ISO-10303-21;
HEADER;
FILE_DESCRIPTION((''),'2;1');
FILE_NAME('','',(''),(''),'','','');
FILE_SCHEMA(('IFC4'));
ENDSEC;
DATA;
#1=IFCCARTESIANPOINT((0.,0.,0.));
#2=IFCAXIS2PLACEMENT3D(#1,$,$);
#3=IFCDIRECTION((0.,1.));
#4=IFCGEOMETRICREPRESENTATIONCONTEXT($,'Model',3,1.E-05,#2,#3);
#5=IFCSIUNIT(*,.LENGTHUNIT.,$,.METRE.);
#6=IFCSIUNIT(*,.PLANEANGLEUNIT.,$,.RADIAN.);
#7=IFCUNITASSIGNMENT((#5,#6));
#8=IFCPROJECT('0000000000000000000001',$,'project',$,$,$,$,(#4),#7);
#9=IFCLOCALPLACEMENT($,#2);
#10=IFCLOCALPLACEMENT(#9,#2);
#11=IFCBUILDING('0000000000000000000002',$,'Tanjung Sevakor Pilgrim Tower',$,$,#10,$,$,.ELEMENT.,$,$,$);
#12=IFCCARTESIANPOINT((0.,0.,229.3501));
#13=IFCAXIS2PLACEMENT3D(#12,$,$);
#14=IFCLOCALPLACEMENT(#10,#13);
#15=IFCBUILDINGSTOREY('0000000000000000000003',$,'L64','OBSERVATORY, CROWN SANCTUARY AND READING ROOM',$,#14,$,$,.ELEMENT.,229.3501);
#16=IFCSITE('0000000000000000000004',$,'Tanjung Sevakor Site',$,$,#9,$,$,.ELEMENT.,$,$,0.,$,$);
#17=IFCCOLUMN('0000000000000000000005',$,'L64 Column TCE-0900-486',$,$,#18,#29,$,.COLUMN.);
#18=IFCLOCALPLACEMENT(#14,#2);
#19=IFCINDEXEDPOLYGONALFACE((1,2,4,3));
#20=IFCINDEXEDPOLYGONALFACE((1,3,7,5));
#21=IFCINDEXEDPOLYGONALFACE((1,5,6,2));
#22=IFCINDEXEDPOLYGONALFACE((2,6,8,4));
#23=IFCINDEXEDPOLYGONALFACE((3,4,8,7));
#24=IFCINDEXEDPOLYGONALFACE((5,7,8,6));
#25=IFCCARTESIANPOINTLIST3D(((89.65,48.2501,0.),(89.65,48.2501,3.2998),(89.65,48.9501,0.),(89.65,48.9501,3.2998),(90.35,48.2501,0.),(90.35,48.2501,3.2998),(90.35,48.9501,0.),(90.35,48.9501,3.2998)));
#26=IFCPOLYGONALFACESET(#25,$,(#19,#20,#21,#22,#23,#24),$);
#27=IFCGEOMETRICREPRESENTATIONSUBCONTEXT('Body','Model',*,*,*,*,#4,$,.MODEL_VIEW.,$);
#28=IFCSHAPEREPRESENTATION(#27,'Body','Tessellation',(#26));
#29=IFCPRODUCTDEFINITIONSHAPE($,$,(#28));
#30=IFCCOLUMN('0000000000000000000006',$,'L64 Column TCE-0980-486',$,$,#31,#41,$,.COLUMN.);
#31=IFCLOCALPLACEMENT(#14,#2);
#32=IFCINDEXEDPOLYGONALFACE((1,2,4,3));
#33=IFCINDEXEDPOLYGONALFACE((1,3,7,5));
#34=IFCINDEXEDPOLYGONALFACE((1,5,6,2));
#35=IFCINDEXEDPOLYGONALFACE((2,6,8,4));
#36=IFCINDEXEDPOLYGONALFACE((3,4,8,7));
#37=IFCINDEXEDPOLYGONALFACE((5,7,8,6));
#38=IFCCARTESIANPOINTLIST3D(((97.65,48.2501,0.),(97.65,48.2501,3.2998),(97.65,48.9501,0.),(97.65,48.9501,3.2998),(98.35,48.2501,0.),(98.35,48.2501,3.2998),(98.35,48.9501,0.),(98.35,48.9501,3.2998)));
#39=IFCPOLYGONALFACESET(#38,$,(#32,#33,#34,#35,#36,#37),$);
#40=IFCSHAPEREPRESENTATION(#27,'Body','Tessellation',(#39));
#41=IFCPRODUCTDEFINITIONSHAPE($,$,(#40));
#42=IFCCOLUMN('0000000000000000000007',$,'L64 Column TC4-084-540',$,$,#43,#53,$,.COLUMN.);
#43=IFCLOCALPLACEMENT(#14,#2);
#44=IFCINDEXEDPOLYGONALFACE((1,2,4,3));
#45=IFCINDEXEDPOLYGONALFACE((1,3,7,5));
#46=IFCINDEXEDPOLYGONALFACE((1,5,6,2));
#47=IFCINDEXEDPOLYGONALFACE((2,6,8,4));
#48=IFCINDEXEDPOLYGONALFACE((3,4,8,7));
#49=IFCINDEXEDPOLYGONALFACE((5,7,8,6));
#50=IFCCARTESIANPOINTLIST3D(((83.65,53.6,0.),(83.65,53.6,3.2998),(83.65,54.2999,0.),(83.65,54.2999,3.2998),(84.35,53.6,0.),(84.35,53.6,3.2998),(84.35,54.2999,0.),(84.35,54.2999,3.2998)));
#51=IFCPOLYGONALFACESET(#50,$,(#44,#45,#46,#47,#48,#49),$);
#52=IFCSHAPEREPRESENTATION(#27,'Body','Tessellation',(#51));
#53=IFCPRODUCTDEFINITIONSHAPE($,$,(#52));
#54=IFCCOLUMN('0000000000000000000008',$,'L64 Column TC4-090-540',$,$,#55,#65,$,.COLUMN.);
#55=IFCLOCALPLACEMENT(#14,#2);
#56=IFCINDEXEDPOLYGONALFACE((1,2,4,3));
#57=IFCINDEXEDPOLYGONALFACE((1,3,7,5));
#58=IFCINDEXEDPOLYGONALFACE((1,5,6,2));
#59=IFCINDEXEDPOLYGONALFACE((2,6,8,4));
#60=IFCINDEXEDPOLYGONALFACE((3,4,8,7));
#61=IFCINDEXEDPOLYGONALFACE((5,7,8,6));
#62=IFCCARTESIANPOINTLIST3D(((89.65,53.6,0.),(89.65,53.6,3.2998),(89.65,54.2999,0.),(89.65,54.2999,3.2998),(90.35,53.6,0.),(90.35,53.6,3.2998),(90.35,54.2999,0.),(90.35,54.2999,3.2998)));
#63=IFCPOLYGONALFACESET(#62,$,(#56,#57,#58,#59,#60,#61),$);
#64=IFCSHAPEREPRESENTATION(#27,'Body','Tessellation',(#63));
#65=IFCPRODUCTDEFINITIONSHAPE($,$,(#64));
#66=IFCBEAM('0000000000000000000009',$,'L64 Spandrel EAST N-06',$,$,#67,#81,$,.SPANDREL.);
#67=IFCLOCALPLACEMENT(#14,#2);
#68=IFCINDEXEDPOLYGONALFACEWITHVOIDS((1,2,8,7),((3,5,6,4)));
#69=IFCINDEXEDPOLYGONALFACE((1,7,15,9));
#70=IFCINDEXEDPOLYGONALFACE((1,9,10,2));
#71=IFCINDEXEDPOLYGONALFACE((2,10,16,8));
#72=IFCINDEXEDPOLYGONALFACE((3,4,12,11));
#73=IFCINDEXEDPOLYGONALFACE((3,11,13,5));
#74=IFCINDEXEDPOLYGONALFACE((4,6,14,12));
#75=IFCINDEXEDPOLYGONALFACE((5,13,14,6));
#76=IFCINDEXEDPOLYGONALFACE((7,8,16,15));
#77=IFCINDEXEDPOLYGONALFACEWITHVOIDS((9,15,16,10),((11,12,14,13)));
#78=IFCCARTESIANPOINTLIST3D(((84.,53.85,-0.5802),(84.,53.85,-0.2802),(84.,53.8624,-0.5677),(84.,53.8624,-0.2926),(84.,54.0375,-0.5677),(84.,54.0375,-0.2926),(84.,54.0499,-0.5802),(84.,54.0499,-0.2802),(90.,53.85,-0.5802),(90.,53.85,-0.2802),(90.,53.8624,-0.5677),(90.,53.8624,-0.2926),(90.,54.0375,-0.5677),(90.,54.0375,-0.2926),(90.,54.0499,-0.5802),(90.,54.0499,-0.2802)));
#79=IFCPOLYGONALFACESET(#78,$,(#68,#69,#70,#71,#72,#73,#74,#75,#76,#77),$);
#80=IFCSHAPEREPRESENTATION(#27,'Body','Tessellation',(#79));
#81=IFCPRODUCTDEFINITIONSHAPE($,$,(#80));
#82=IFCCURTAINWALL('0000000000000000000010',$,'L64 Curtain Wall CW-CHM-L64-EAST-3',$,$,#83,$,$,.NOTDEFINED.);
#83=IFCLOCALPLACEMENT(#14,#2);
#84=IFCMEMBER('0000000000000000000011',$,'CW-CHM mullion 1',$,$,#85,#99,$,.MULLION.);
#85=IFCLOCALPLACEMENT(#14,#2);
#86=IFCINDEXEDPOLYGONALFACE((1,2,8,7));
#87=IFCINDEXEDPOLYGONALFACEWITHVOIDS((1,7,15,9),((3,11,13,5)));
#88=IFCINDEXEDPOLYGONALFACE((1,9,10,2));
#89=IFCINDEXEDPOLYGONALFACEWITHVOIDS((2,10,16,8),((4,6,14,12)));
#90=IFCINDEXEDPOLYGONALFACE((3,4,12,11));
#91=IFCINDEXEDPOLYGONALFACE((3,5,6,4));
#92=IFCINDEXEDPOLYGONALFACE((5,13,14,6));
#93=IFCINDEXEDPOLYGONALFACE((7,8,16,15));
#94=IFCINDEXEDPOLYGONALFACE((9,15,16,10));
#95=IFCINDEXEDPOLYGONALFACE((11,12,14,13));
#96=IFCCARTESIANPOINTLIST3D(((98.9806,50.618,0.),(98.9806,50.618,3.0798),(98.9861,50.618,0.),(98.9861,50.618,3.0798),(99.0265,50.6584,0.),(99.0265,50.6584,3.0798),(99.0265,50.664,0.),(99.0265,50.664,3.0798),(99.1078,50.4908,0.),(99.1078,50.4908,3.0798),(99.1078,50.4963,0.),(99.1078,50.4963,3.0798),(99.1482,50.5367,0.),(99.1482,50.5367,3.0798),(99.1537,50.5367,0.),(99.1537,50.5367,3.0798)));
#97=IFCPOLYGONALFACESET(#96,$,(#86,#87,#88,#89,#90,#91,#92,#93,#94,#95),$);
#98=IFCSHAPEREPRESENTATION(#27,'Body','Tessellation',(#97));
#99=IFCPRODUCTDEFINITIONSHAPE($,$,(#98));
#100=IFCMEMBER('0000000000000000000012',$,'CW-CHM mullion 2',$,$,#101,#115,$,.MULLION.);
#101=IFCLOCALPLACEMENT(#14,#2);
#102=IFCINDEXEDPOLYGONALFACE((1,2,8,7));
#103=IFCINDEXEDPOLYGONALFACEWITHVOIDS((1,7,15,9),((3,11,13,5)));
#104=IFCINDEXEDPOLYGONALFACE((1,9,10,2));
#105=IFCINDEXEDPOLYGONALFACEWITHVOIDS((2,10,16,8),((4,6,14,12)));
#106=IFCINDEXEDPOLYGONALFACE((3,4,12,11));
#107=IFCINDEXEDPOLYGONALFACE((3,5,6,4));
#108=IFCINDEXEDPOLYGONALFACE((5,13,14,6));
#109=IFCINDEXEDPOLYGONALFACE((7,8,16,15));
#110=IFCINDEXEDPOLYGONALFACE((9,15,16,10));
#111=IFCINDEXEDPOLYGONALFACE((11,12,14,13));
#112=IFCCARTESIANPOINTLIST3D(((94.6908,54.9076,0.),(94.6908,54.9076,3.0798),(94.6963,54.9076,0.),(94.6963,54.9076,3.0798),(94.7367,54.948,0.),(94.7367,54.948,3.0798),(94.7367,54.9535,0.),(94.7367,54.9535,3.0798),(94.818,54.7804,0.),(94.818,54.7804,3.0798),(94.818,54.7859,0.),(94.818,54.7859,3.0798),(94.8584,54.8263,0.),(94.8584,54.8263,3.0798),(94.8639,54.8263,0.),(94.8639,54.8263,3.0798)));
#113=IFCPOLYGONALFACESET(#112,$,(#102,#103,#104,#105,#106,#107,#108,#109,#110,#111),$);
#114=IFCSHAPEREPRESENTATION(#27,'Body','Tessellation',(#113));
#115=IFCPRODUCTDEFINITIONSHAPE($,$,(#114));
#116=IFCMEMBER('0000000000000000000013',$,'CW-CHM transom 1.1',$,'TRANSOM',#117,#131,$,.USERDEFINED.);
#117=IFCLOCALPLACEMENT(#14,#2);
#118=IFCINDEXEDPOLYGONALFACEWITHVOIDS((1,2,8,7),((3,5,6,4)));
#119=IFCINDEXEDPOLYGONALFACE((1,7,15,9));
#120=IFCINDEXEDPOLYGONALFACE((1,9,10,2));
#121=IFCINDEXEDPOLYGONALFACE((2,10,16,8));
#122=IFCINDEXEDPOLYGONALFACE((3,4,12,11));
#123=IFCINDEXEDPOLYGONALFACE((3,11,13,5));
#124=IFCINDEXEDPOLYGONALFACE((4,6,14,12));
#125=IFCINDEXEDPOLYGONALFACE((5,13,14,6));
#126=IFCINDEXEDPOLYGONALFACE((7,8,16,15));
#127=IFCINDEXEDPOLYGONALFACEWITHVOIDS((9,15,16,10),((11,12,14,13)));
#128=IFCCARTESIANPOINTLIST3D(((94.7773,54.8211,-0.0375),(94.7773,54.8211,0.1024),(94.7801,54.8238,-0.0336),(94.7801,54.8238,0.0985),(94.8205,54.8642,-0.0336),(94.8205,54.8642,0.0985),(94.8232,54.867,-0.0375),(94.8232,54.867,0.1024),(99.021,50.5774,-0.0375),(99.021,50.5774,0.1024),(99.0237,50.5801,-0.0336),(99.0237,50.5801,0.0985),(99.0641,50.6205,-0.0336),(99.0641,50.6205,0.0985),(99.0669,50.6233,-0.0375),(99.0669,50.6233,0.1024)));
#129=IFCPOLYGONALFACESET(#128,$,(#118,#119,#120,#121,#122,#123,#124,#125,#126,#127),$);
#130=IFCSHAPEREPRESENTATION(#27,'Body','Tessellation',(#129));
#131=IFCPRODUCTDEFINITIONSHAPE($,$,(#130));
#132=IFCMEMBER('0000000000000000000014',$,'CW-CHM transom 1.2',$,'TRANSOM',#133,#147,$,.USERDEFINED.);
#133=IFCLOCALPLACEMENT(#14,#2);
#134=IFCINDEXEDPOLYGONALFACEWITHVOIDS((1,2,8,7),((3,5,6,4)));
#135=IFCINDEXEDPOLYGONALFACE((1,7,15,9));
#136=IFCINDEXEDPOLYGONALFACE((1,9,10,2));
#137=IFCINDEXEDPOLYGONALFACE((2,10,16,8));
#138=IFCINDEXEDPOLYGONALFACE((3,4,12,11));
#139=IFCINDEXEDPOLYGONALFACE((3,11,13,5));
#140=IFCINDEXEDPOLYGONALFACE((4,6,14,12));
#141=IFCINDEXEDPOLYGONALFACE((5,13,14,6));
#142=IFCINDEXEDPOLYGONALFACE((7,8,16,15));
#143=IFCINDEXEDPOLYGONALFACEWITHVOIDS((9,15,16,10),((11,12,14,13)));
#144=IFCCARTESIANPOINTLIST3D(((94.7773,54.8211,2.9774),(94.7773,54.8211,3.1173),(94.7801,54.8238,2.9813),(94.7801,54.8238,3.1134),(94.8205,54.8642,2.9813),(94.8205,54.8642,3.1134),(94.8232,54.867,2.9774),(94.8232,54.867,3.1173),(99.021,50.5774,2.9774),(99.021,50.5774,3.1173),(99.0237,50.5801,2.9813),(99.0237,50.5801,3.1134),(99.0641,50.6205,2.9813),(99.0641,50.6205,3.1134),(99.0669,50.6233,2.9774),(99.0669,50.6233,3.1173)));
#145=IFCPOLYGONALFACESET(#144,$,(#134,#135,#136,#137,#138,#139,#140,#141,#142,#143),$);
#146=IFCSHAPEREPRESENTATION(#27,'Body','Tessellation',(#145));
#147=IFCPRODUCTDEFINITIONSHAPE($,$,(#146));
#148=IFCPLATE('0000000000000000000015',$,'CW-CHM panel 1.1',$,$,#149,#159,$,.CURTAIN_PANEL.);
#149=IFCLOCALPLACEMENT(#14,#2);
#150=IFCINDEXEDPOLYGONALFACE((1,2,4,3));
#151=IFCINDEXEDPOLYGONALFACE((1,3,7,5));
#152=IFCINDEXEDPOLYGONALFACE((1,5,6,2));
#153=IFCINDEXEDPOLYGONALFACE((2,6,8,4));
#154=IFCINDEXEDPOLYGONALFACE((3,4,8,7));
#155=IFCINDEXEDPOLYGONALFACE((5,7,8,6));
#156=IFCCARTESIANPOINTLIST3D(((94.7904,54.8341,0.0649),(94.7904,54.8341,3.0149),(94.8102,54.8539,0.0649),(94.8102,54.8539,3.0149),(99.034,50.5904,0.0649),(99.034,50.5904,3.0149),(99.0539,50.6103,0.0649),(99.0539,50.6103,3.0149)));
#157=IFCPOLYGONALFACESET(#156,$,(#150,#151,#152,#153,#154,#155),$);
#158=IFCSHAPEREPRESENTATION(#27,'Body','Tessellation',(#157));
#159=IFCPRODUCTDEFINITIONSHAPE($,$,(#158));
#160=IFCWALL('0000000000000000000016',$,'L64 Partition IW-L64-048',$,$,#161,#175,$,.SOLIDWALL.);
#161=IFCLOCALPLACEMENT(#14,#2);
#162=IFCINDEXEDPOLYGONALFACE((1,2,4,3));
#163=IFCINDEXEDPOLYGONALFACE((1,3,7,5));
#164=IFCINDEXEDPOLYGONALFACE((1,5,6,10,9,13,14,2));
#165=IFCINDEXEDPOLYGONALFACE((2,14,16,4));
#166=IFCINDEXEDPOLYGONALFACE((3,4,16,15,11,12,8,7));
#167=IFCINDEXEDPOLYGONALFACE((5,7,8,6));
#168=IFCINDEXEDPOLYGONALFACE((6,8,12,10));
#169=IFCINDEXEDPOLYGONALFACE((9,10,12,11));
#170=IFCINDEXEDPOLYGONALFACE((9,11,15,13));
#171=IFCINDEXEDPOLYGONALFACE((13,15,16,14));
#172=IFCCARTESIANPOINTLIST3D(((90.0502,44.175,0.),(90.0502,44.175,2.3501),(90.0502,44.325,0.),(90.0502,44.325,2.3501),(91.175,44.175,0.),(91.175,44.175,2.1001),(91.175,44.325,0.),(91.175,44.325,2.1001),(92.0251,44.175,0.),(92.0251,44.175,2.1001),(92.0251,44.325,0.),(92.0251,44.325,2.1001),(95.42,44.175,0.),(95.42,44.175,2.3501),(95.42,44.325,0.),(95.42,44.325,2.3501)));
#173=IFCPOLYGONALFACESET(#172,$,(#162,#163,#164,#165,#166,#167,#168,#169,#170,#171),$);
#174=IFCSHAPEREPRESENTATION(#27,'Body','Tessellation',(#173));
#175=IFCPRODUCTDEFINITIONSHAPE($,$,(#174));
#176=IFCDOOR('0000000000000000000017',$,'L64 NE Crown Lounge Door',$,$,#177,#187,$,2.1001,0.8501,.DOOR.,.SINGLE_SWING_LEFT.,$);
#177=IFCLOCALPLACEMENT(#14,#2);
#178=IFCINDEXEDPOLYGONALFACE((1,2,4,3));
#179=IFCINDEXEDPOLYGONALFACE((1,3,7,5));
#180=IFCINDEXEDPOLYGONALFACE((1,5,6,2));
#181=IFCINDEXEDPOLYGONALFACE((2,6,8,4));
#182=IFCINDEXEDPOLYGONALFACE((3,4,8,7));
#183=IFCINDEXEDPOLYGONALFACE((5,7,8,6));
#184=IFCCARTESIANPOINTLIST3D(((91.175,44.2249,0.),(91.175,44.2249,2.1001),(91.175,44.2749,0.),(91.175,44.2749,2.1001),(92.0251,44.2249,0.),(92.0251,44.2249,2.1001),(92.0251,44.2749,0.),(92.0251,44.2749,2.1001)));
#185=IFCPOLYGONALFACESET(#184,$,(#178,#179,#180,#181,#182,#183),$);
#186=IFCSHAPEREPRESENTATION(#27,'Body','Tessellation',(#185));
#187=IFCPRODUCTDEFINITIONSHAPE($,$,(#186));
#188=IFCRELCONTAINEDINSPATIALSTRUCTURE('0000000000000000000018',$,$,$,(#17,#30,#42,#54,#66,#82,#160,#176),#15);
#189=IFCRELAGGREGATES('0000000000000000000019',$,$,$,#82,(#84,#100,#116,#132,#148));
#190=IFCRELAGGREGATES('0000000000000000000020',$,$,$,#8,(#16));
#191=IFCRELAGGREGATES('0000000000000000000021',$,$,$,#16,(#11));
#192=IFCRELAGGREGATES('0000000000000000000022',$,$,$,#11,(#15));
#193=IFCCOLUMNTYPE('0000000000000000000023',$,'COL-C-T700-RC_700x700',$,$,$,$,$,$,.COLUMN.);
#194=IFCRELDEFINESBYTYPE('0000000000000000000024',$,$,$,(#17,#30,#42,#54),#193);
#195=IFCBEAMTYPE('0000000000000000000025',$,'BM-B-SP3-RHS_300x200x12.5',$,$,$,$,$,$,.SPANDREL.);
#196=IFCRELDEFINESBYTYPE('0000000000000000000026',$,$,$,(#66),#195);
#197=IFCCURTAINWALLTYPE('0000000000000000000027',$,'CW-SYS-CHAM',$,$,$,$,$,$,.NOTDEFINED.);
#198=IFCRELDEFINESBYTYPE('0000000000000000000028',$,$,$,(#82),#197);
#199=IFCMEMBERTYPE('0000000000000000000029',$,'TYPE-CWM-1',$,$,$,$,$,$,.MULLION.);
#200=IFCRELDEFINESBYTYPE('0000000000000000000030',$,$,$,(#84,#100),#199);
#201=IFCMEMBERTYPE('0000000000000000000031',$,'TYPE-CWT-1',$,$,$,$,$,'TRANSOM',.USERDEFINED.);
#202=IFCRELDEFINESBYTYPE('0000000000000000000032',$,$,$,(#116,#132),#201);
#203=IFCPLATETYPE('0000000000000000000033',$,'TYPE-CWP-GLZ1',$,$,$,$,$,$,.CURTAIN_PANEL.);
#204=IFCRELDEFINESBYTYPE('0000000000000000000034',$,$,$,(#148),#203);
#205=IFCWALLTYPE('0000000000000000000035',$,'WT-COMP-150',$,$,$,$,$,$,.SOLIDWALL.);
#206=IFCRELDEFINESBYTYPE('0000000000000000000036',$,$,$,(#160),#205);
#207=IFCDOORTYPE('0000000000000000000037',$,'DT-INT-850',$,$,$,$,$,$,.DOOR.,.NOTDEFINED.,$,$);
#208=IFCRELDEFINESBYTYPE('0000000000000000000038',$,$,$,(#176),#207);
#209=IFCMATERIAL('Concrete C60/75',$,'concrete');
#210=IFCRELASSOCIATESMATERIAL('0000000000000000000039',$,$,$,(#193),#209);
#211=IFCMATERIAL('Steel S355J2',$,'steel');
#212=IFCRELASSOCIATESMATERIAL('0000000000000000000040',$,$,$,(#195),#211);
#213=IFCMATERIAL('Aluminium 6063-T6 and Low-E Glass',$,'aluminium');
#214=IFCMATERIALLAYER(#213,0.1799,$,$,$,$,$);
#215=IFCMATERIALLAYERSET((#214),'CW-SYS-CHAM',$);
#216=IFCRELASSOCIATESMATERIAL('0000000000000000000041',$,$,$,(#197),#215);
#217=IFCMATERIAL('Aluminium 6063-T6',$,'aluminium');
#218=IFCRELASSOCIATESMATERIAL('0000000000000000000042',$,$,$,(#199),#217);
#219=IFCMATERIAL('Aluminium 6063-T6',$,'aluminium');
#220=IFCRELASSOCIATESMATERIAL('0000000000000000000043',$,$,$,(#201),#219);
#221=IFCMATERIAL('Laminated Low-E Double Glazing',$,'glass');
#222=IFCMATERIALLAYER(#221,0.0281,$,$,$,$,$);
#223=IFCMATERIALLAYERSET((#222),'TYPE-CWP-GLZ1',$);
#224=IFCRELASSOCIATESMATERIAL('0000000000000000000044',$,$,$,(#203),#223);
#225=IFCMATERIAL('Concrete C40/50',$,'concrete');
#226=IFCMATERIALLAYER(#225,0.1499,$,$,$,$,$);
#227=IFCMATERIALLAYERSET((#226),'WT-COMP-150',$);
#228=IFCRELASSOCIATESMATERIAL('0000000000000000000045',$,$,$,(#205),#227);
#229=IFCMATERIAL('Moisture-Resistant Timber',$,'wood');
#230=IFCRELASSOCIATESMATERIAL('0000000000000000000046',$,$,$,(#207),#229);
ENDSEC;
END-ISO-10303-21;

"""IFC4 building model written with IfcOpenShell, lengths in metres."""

from ifc_helpers import new_model, si_unit, direction, frame, frame_2d, origin, origin_2d, place, context, subcontext, project, spatial, rectangle, hollow_rectangle, extrude, material, layer, layer_set, material_profile, profile_set, type_object, element, fill, aggregate, save


model = new_model("IFC4")

# Units and contexts
model_context = context("Model", 3, precision=1e-05, world=origin(), true_north=direction((0.0, 1.0)))
body_context = subcontext(model_context, "Body", "Model", "MODEL_VIEW")
ifc_project = project(units=[si_unit("LENGTHUNIT", "METRE"), si_unit("PLANEANGLEUNIT", "RADIAN")], contexts=[model_context])

# Site, building, storey
site_placement = place(None, origin())
site = spatial("IfcSite", under=ifc_project, at=site_placement, Name="Tanjung Sevakor Site", CompositionType="ELEMENT", RefElevation=0.0)
building_placement = place(site_placement, origin())
building = spatial("IfcBuilding", under=site, at=building_placement, Name="Tanjung Sevakor Pilgrim Tower", CompositionType="ELEMENT")
storey_placement = place(building_placement, frame((0.0, 0.0, 229.3501)))
storey = spatial("IfcBuildingStorey", under=building, at=storey_placement, Name="L64", Description="OBSERVATORY, CROWN SANCTUARY AND READING ROOM", CompositionType="ELEMENT", Elevation=229.3501)

# Columns
ifc_material_1 = material(Name="Concrete C60/75", Category="concrete")
ifc_material_profile_1 = material_profile(ifc_material_1, rectangle(XDim=0.7, YDim=0.7, at=origin_2d()))
ifc_profile_set_1 = profile_set([ifc_material_profile_1], Name="Concrete C60/75")
column_type = type_object("IfcColumnType", Name="COL-C-T700-RC_700x700", PredefinedType="COLUMN", material=ifc_profile_set_1)
for number, where, z_axis, x_axis, name in (
    (1, (90.0, 48.6001, 0.0), (0.0, 0.0, 1.0), (1.0, 0.0, 0.0), "L64 Column TCE-0900-486"),
    (2, (98.0, 48.6001, 0.0), (0.0, 0.0, 1.0), (1.0, 0.0, 0.0), "L64 Column TCE-0980-486"),
    (3, (84.0, 53.95, 0.0), (0.0, 0.0, 1.0), (1.0, 0.0, 0.0), "L64 Column TC4-084-540"),
    (4, (90.0, 53.95, 0.0), (0.0, 0.0, 1.0), (1.0, 0.0, 0.0), "L64 Column TC4-090-540"),
):
    element("IfcColumn", number, at=place(storey_placement, frame(where, z_axis=z_axis, x_axis=x_axis)), inside=storey, type_object=column_type, Name=name, PredefinedType="COLUMN", context=body_context, shape_type="SweptSolid", body=[
        extrude(rectangle(XDim=0.7, YDim=0.7, at=origin_2d()), origin(), (0.0, 0.0, 1.0), 3.2998),
    ])

# Beam
ifc_material_2 = material(Name="Steel S355J2", Category="steel")
ifc_material_profile_2 = material_profile(ifc_material_2, hollow_rectangle(XDim=0.2, YDim=0.3, WallThickness=0.0125, at=origin_2d()))
ifc_profile_set_2 = profile_set([ifc_material_profile_2], Name="Steel S355J2")
beam_type = type_object("IfcBeamType", Name="BM-B-SP3-RHS_300x200x12.5", PredefinedType="SPANDREL", material=ifc_profile_set_2)
beam_placement = place(storey_placement, frame((84.0, 53.95, -0.4302), z_axis=(1.0, 0.0, 0.0), x_axis=(0.0, 1.0, 0.0)))
element("IfcBeam", 5, at=beam_placement, inside=storey, type_object=beam_type, Name="L64 Spandrel EAST N-06", PredefinedType="SPANDREL", context=body_context, shape_type="SweptSolid", body=[
    extrude(hollow_rectangle(XDim=0.2, YDim=0.3, WallThickness=0.0125, at=origin_2d()), origin(), (0.0, 0.0, 1.0), 6.0),
])

# Curtain wall, members, plate
ifc_material_3 = material(Name="Aluminium 6063-T6 and Low-E Glass", Category="aluminium")
ifc_layer_1 = layer(ifc_material_3, 0.1799)
ifc_layer_set_1 = layer_set([ifc_layer_1], Name="CW-SYS-CHAM")
curtain_wall_type = type_object("IfcCurtainWallType", Name="CW-SYS-CHAM", PredefinedType="NOTDEFINED", material=ifc_layer_set_1)
curtain_wall_placement = place(storey_placement, origin())
curtain_wall = element("IfcCurtainWall", 6, at=curtain_wall_placement, inside=storey, type_object=curtain_wall_type, Name="L64 Curtain Wall CW-CHM-L64-EAST-3", PredefinedType="NOTDEFINED")
ifc_material_4 = material(Name="Aluminium 6063-T6", Category="aluminium")
ifc_material_profile_3 = material_profile(ifc_material_4, hollow_rectangle(XDim=0.0649, YDim=0.1799, WallThickness=0.0039, at=origin_2d()))
ifc_profile_set_3 = profile_set([ifc_material_profile_3], Name="Aluminium 6063-T6")
member_type_1 = type_object("IfcMemberType", Name="TYPE-CWM-1", PredefinedType="MULLION", material=ifc_profile_set_3)
member_1_placement = place(storey_placement, frame((99.0671, 50.5774, 0.0), z_axis=(0.0, 0.0, 1.0), x_axis=(-0.707107, -0.707107, 0.0)))
member_1 = element("IfcMember", 7, at=member_1_placement, type_object=member_type_1, Name="CW-CHM mullion 1", PredefinedType="MULLION", context=body_context, shape_type="SweptSolid", body=[
    extrude(hollow_rectangle(XDim=0.0649, YDim=0.1799, WallThickness=0.0039, at=origin_2d()), origin(), (0.0, 0.0, 1.0), 3.0798),
])
member_2_placement = place(storey_placement, frame((94.7773, 54.8669, 0.0), z_axis=(0.0, 0.0, 1.0), x_axis=(-0.707107, -0.707107, 0.0)))
member_2 = element("IfcMember", 8, at=member_2_placement, type_object=member_type_1, Name="CW-CHM mullion 2", PredefinedType="MULLION", context=body_context, shape_type="SweptSolid", body=[
    extrude(hollow_rectangle(XDim=0.0649, YDim=0.1799, WallThickness=0.0039, at=origin_2d()), origin(), (0.0, 0.0, 1.0), 3.0798),
])
ifc_material_5 = material(Name="Aluminium 6063-T6", Category="aluminium")
ifc_material_profile_4 = material_profile(ifc_material_5, hollow_rectangle(XDim=0.0649, YDim=0.1399, WallThickness=0.0039, at=origin_2d()))
ifc_profile_set_4 = profile_set([ifc_material_profile_4], Name="Aluminium 6063-T6")
member_type_2 = type_object("IfcMemberType", Name="TYPE-CWT-1", ElementType="TRANSOM", PredefinedType="USERDEFINED", material=ifc_profile_set_4)
member_3_placement = place(storey_placement, frame((99.0439, 50.6003, 0.0325), z_axis=(-0.707107, 0.707107, 0.0), x_axis=(-0.707107, -0.707107, 0.0)))
member_3 = element("IfcMember", 9, at=member_3_placement, type_object=member_type_2, Name="CW-CHM transom 1.1", ObjectType="TRANSOM", PredefinedType="USERDEFINED", context=body_context, shape_type="SweptSolid", body=[
    extrude(hollow_rectangle(XDim=0.0649, YDim=0.1399, WallThickness=0.0039, at=origin_2d()), origin(), (0.0, 0.0, 1.0), 6.0015),
])
member_4_placement = place(storey_placement, frame((99.0439, 50.6003, 3.0474), z_axis=(-0.707107, 0.707107, 0.0), x_axis=(-0.707107, -0.707107, 0.0)))
member_4 = element("IfcMember", 10, at=member_4_placement, type_object=member_type_2, Name="CW-CHM transom 1.2", ObjectType="TRANSOM", PredefinedType="USERDEFINED", context=body_context, shape_type="SweptSolid", body=[
    extrude(hollow_rectangle(XDim=0.0649, YDim=0.1399, WallThickness=0.0039, at=origin_2d()), origin(), (0.0, 0.0, 1.0), 6.0015),
])
ifc_material_6 = material(Name="Laminated Low-E Double Glazing", Category="glass")
ifc_layer_2 = layer(ifc_material_6, 0.0281)
ifc_layer_set_2 = layer_set([ifc_layer_2], Name="TYPE-CWP-GLZ1")
plate_type = type_object("IfcPlateType", Name="TYPE-CWP-GLZ1", PredefinedType="CURTAIN_PANEL", material=ifc_layer_set_2)
plate_placement = place(storey_placement, frame((96.9221, 52.7222, 0.0649), z_axis=(0.0, 0.0, 1.0), x_axis=(-0.707107, 0.707107, 0.0)))
plate = element("IfcPlate", 11, at=plate_placement, type_object=plate_type, Name="CW-CHM panel 1.1", PredefinedType="CURTAIN_PANEL", context=body_context, shape_type="SweptSolid", body=[
    extrude(rectangle(XDim=6.0015, YDim=0.0281, at=origin_2d()), origin(), (0.0, 0.0, 1.0), 2.95),
])
aggregate(curtain_wall, [member_1, member_2, member_3, member_4, plate])

# Wall, opening, door
ifc_material_7 = material(Name="Concrete C40/50", Category="concrete")
ifc_layer_3 = layer(ifc_material_7, 0.1499)
ifc_layer_set_3 = layer_set([ifc_layer_3], Name="WT-COMP-150")
wall_type_1 = type_object("IfcWallType", Name="WT-COMP-150", PredefinedType="SOLIDWALL", material=ifc_layer_set_3)
wall_1_placement = place(storey_placement, frame((90.05, 44.25, 0.0), z_axis=(0.0, 0.0, 1.0), x_axis=(1.0, 0.0, 0.0)))
wall_1 = element("IfcWall", 12, at=wall_1_placement, inside=storey, type_object=wall_type_1, Name="L64 Partition IW-L64-048", PredefinedType="SOLIDWALL", context=body_context, shape_type="SweptSolid", body=[
    extrude(rectangle(XDim=5.3699, YDim=0.1499, at=frame_2d((2.6851, 0.0))), origin(), (0.0, 0.0, 1.0), 2.3501),
])
opening_1_placement = place(wall_1_placement, frame((1.125, 0.0, 0.0)))
opening_1 = element("IfcOpeningElement", 13, at=opening_1_placement, cuts=wall_1, PredefinedType="OPENING", context=body_context, shape_type="SweptSolid", body=[
    extrude(rectangle(XDim=0.8501, YDim=2.1001, at=frame_2d((0.425, 1.05))), frame((0.0, 0.085, 0.0), z_axis=(0.0, -1.0, 0.0), x_axis=(1.0, 0.0, 0.0)), (0.0, 0.0, 1.0), 0.1699),
])
ifc_material_8 = material(Name="Moisture-Resistant Timber", Category="wood")
door_type = type_object("IfcDoorType", Name="DT-INT-850", OperationType="NOTDEFINED", PredefinedType="DOOR", material=ifc_material_8)
door_placement = place(opening_1_placement, origin())
door = element("IfcDoor", 14, at=door_placement, inside=storey, type_object=door_type, Name="L64 NE Crown Lounge Door", OperationType="SINGLE_SWING_LEFT", OverallHeight=2.1001, OverallWidth=0.8501, PredefinedType="DOOR", context=body_context, shape_type="SweptSolid", body=[
    extrude(rectangle(XDim=0.8501, YDim=2.1001, at=frame_2d((0.425, 1.05))), frame((0.0, 0.0249, 0.0), z_axis=(0.0, -1.0, 0.0), x_axis=(1.0, 0.0, 0.0)), (0.0, 0.0, 1.0), 0.05),
])
fill(opening_1, door)

save(model, "model.ifc")
